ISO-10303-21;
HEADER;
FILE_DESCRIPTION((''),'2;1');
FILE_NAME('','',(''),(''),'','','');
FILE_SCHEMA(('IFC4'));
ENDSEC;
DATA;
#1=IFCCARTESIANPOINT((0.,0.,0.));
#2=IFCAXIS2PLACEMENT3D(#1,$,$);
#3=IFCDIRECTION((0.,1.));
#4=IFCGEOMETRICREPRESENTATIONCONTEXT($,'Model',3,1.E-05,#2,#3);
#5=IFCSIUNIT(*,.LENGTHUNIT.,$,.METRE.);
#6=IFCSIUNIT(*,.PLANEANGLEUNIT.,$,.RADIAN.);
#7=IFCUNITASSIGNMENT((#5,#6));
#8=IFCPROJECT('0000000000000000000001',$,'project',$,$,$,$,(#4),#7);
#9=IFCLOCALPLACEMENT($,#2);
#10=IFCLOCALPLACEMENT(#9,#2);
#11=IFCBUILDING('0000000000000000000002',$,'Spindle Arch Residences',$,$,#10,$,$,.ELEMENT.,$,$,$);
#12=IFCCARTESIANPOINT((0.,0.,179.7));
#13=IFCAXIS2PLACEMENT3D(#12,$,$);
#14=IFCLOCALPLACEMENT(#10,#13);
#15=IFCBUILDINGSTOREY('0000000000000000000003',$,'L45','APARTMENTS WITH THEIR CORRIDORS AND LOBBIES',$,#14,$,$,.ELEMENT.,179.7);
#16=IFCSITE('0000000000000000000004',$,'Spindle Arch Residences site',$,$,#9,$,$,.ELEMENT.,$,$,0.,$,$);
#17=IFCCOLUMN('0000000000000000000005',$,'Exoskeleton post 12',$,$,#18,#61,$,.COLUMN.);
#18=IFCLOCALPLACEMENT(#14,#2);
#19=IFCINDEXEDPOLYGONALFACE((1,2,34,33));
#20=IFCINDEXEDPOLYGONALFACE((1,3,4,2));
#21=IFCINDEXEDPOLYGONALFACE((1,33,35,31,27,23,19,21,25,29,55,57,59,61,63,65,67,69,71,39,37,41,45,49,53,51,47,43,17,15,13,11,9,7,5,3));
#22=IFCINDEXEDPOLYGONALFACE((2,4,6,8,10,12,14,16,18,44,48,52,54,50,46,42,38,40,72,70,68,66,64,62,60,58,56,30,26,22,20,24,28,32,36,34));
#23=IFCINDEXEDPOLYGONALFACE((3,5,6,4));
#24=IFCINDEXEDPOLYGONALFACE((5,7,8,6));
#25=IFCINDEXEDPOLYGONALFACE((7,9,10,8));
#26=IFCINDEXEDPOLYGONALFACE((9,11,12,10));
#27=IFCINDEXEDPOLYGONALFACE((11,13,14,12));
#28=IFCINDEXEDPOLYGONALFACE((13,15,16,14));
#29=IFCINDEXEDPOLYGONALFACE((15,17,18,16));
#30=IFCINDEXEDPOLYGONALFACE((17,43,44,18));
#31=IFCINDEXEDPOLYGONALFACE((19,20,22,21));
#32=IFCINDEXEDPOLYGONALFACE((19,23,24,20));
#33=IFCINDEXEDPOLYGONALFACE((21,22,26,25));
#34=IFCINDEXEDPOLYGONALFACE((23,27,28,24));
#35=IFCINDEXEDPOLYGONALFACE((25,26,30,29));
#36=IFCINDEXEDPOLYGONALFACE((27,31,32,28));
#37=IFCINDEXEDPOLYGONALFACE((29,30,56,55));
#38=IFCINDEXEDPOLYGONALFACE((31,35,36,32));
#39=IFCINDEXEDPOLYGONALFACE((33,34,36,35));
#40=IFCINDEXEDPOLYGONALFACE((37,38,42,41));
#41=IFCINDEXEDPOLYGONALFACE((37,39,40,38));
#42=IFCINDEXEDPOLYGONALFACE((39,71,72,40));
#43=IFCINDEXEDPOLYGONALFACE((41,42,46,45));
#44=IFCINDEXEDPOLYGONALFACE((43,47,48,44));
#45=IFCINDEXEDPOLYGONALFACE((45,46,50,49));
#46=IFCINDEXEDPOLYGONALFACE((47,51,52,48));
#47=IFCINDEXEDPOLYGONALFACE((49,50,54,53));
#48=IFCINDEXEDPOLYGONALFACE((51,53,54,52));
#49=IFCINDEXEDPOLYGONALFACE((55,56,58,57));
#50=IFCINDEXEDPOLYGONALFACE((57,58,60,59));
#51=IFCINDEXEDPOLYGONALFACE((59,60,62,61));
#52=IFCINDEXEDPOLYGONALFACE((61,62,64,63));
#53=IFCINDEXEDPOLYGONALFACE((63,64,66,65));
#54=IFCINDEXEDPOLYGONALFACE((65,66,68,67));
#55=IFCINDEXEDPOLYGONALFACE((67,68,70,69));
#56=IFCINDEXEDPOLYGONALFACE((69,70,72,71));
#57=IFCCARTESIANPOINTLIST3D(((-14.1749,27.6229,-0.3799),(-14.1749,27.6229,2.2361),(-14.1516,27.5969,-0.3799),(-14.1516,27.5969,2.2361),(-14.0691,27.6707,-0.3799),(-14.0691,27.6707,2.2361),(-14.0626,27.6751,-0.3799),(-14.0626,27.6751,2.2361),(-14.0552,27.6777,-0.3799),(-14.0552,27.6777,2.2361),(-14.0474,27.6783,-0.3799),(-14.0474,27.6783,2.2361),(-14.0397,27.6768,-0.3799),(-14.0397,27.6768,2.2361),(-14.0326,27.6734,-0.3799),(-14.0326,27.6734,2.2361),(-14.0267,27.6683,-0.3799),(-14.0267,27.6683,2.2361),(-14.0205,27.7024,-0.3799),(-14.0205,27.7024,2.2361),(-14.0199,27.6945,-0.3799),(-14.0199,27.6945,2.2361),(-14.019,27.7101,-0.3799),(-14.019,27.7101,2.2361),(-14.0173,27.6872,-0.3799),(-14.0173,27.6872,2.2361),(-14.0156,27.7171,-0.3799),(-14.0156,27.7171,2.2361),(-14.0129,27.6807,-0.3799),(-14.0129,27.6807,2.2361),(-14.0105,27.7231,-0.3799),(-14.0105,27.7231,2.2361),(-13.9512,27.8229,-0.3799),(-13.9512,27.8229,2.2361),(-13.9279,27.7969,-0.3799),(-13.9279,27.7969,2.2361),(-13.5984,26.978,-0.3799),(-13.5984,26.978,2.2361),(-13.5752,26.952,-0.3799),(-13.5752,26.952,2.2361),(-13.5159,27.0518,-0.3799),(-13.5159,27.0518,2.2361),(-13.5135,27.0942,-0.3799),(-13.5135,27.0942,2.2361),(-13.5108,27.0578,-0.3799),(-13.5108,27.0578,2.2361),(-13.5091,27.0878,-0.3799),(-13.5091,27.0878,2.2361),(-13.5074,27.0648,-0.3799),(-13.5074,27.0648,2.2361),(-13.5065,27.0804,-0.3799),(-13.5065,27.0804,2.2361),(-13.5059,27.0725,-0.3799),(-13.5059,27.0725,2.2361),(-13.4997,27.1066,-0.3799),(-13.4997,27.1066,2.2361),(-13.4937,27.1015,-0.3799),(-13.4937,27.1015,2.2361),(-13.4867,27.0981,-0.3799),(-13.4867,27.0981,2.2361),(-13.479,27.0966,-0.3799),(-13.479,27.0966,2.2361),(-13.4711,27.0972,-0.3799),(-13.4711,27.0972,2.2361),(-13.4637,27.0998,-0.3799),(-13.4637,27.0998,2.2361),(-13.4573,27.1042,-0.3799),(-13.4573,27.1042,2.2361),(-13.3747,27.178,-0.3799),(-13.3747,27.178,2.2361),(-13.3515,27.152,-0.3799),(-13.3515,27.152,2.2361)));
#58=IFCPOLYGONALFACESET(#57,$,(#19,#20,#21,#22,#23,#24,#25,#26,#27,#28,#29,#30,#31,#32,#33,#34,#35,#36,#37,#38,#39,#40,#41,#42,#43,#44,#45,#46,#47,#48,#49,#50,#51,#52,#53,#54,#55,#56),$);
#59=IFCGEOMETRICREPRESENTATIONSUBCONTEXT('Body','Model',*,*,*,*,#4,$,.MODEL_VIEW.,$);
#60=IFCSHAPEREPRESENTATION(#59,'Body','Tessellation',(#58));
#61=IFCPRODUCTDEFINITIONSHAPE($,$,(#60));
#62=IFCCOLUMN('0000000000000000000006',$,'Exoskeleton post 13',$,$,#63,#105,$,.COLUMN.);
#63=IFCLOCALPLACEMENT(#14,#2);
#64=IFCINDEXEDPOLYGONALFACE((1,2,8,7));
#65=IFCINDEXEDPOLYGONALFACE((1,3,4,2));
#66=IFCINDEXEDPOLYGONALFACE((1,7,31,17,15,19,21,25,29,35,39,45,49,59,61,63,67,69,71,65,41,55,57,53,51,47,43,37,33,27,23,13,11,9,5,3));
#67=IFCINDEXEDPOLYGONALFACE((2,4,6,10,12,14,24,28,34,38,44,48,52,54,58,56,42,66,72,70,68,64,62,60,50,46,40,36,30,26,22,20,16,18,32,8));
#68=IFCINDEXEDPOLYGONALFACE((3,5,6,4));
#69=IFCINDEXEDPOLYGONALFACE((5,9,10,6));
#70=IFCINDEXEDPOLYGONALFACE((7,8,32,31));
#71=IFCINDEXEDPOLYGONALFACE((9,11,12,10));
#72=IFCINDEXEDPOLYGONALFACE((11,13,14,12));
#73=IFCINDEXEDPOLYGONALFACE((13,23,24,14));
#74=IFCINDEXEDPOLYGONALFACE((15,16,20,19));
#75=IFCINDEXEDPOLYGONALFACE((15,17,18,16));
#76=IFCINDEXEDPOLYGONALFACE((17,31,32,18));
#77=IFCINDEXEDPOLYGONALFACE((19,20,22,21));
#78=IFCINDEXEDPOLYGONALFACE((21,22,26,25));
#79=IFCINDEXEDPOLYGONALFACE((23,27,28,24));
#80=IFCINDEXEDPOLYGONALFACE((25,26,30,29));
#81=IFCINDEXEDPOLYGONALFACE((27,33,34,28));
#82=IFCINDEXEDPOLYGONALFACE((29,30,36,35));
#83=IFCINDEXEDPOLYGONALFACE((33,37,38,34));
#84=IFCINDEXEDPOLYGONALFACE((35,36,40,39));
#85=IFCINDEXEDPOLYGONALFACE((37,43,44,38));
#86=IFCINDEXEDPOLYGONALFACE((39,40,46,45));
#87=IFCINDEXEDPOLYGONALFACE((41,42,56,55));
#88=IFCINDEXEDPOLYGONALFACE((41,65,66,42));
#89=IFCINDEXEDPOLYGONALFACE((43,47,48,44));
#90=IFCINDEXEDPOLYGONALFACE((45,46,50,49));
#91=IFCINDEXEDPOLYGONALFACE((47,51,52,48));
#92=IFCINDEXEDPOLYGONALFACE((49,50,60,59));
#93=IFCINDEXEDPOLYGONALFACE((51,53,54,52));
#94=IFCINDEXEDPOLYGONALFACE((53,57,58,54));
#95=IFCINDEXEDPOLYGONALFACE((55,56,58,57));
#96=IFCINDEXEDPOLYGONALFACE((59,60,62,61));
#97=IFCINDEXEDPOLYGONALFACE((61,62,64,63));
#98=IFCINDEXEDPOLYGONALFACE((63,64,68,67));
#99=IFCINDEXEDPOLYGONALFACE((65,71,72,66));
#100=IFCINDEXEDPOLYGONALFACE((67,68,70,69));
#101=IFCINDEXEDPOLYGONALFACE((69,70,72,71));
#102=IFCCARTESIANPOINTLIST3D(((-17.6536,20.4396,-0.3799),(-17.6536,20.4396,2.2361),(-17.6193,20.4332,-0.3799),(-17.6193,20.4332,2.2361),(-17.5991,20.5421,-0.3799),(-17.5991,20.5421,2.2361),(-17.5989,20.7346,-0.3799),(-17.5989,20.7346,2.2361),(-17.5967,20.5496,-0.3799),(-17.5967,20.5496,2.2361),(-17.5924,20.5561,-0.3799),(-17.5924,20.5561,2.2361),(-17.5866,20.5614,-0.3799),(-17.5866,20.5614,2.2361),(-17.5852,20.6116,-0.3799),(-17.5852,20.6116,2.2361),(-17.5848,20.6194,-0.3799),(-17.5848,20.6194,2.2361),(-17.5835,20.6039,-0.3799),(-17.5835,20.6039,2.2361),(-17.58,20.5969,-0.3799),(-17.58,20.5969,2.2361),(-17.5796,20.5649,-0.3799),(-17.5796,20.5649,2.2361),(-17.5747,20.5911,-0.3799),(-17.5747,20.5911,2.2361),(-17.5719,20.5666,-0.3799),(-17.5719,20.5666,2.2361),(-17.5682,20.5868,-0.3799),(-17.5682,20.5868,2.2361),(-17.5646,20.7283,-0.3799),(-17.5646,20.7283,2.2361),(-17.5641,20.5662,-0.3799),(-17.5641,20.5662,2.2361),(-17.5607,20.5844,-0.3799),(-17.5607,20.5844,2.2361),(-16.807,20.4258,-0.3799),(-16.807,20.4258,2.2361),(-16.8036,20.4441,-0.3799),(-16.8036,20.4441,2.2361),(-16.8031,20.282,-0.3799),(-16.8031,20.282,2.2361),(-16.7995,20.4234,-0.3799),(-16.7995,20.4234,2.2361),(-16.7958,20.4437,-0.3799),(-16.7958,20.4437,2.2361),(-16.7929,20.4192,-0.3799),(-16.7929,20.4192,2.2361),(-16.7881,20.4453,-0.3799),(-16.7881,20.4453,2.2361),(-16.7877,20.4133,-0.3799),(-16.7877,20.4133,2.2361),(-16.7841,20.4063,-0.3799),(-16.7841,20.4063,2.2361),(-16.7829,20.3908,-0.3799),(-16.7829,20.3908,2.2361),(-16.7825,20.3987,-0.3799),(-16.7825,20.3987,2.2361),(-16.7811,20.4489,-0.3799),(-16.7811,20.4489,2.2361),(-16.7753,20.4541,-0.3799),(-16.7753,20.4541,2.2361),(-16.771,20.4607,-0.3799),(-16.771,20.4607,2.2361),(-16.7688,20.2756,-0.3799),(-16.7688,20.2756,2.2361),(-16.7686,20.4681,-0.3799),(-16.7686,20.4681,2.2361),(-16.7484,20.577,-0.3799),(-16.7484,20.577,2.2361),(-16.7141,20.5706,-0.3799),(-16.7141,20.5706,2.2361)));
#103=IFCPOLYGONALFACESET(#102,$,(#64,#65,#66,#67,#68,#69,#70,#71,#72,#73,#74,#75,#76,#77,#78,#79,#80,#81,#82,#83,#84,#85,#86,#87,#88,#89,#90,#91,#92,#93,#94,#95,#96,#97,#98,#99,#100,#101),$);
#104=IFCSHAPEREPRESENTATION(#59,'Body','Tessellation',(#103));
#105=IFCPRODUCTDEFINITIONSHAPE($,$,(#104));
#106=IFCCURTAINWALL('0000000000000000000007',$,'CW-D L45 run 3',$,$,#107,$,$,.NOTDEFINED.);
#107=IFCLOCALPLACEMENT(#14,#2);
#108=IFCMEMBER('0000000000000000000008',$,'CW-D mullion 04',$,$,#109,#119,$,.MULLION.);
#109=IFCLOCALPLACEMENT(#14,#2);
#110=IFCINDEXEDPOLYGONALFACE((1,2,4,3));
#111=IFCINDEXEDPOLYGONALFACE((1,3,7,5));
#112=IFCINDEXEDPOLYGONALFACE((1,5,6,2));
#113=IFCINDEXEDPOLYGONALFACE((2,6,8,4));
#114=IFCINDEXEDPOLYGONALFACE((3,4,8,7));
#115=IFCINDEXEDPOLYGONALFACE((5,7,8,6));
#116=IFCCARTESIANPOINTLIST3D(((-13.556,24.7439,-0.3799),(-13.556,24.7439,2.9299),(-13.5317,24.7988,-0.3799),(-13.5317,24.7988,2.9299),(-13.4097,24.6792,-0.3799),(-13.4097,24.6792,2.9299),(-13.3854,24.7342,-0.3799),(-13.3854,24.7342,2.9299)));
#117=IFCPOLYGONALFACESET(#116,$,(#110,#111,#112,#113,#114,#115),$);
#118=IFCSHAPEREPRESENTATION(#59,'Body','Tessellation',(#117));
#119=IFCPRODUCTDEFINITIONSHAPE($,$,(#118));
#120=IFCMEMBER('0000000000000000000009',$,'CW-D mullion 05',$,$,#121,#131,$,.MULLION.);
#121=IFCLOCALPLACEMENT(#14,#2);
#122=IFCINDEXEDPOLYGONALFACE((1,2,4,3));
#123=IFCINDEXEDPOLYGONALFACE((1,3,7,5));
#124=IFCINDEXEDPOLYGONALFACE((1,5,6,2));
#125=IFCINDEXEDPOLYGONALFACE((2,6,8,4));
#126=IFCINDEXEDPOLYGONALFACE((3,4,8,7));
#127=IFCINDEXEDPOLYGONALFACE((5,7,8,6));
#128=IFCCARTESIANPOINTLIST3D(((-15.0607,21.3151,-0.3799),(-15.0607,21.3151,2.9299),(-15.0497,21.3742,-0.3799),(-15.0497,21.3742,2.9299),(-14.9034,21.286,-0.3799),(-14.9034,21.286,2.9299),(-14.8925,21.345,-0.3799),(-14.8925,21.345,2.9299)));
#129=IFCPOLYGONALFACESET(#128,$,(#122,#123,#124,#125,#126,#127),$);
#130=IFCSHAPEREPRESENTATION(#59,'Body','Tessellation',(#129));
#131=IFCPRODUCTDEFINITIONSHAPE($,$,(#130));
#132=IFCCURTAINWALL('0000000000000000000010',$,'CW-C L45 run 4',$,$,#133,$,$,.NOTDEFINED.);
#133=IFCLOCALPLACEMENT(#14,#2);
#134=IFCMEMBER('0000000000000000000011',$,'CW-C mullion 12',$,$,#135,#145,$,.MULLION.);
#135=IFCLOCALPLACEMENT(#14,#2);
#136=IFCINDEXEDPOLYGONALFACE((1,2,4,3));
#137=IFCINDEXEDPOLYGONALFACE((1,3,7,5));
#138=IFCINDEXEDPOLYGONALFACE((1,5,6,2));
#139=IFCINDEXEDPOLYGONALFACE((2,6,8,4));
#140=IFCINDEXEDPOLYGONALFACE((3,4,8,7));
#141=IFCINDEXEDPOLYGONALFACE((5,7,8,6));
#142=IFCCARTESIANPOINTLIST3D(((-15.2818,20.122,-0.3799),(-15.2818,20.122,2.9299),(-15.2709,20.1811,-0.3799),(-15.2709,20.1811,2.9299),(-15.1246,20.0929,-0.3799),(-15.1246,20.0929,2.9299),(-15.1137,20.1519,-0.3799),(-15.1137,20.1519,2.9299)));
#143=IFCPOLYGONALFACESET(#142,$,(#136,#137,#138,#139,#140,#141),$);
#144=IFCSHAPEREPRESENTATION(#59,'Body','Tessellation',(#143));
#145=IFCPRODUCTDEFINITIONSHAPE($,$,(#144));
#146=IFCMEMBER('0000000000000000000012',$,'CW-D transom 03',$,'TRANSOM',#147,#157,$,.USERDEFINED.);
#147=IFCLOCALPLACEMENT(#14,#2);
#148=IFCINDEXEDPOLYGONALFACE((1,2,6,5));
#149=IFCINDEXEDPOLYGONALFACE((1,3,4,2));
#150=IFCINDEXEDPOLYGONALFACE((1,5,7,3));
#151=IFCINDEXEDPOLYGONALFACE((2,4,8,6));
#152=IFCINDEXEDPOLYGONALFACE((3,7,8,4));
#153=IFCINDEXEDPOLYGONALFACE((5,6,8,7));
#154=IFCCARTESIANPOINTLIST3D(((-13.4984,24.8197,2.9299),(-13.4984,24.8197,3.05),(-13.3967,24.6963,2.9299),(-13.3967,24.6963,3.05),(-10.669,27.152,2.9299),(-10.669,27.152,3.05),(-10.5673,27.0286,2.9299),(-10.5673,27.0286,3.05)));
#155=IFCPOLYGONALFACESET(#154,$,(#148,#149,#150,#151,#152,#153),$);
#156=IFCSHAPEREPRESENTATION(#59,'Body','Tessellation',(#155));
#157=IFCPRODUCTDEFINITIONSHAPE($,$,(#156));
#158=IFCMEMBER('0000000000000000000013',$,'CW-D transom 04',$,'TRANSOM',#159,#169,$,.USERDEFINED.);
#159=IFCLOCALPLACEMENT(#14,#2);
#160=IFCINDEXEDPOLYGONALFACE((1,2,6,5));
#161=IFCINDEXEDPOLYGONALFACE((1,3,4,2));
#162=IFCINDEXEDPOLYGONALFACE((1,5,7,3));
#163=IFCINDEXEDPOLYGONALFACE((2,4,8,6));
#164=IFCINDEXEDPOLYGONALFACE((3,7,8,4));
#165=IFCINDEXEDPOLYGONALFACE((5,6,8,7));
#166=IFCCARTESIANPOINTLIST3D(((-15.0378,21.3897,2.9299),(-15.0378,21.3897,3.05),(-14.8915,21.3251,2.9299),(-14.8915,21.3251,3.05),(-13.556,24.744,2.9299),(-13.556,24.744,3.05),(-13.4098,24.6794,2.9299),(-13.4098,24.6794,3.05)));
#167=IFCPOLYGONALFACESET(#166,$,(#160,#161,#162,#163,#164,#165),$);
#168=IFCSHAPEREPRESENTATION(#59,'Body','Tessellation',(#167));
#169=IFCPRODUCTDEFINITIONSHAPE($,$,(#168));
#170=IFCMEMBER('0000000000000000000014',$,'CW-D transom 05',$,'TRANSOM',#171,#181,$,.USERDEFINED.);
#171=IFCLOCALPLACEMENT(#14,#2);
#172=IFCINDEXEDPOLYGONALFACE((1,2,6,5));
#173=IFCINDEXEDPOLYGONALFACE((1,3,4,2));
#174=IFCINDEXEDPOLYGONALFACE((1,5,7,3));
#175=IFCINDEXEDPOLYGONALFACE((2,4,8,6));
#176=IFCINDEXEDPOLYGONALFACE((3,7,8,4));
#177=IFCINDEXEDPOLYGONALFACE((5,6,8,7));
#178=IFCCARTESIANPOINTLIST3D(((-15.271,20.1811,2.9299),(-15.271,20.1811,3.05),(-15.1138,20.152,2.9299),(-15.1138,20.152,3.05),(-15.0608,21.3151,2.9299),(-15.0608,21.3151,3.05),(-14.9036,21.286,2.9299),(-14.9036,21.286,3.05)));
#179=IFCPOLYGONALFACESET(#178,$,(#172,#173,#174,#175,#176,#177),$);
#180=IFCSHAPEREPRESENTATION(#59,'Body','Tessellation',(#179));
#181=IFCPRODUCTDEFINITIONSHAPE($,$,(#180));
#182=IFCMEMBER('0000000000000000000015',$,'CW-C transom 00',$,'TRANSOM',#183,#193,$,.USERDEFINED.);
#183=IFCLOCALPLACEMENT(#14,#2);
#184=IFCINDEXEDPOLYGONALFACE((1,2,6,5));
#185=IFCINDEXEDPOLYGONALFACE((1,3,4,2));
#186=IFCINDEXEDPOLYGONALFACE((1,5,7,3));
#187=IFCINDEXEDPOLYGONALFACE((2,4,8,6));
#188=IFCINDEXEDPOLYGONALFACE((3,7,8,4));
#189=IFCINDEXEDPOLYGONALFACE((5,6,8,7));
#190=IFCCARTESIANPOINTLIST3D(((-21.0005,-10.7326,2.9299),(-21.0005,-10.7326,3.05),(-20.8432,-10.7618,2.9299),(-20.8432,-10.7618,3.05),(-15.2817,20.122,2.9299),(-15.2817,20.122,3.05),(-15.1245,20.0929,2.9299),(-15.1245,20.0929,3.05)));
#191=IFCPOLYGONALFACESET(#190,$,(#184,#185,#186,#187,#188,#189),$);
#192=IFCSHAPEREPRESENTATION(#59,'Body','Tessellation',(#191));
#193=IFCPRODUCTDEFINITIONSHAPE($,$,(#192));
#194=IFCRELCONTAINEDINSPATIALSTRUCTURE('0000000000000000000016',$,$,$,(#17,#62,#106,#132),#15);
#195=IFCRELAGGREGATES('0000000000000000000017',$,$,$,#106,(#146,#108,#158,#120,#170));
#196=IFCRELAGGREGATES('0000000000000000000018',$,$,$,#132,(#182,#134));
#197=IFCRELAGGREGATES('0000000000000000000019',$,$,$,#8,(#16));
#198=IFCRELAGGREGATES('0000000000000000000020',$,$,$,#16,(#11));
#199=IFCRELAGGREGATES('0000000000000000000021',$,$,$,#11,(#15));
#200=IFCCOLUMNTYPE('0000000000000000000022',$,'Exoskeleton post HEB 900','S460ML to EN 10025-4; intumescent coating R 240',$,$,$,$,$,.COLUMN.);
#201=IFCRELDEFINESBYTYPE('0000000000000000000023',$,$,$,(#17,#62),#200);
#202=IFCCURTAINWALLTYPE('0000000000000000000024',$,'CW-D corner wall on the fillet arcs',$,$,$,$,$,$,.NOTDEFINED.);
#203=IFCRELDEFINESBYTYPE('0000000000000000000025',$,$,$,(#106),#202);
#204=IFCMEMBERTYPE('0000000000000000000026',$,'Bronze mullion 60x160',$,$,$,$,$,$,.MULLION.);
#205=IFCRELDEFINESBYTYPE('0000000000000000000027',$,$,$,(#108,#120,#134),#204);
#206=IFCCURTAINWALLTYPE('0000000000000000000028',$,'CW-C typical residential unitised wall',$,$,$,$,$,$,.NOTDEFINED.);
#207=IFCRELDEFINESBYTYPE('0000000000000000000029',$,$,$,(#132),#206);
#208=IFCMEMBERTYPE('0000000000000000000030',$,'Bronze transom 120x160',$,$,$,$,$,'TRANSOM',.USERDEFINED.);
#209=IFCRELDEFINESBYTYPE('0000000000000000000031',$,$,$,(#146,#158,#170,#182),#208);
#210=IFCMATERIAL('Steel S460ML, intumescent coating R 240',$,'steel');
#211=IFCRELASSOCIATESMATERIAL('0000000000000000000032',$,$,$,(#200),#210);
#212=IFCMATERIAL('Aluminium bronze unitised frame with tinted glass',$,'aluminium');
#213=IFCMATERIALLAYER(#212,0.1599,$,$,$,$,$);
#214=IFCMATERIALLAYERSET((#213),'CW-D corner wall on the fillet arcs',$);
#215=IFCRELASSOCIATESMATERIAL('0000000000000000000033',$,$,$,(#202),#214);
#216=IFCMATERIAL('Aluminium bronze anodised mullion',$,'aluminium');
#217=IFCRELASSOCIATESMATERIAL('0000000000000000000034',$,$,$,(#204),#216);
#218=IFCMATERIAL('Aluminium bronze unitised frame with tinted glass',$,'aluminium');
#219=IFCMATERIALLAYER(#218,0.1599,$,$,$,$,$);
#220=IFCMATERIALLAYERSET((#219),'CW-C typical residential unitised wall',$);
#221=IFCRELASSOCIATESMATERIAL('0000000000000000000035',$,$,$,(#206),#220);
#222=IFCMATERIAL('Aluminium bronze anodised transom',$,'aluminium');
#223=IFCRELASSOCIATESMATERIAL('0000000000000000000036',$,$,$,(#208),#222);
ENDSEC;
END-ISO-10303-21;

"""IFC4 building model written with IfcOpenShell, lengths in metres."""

from ifc_helpers import new_model, si_unit, direction, frame, origin, origin_2d, place, context, subcontext, project, spatial, rectangle, i_section, extrude, material, layer, layer_set, material_profile, profile_set, type_object, element, aggregate, save


model = new_model("IFC4")

# Units and contexts
model_context = context("Model", 3, precision=1e-05, world=origin(), true_north=direction((0.0, 1.0)))
body_context = subcontext(model_context, "Body", "Model", "MODEL_VIEW")
ifc_project = project(units=[si_unit("LENGTHUNIT", "METRE"), si_unit("PLANEANGLEUNIT", "RADIAN")], contexts=[model_context])

# Site, building, storey
site_placement = place(None, origin())
site = spatial("IfcSite", under=ifc_project, at=site_placement, Name="Spindle Arch Residences site", CompositionType="ELEMENT", RefElevation=0.0)
building_placement = place(site_placement, origin())
building = spatial("IfcBuilding", under=site, at=building_placement, Name="Spindle Arch Residences", CompositionType="ELEMENT")
storey_placement = place(building_placement, frame((0.0, 0.0, 179.7)))
storey = spatial("IfcBuildingStorey", under=building, at=storey_placement, Name="L45", Description="APARTMENTS WITH THEIR CORRIDORS AND LOBBIES", CompositionType="ELEMENT", Elevation=179.7)

# Columns
ifc_material_1 = material(Name="Steel S460ML, intumescent coating R 240", Category="steel")
ifc_material_profile_1 = material_profile(ifc_material_1, i_section(OverallWidth=0.3, OverallDepth=0.8999, WebThickness=0.0186, FlangeThickness=0.0349, FilletRadius=0.03, at=origin_2d()), Name="HEB 900")
ifc_profile_set_1 = profile_set([ifc_material_profile_1], Name="Steel S460ML, intumescent coating R 240")
column_type = type_object("IfcColumnType", Name="Exoskeleton post HEB 900", Description="S460ML to EN 10025-4; intumescent coating R 240", PredefinedType="COLUMN", material=ifc_profile_set_1)
for number, where, z_axis, x_axis, name in (
    (1, (-13.7632, 27.3875, -0.3799), (0.0, 0.0, 1.0), (0.74554, 0.666461, 0.0), "Exoskeleton post 12"),
    (2, (-17.1838, 20.5051, -0.3799), (0.0, 0.0, 1.0), (0.182236, 0.983255, 0.0), "Exoskeleton post 13"),
):
    element("IfcColumn", number, at=place(storey_placement, frame(where, z_axis=z_axis, x_axis=x_axis)), inside=storey, type_object=column_type, Name=name, PredefinedType="COLUMN", context=body_context, shape_type="SweptSolid", body=[
        extrude(i_section(OverallWidth=0.3, OverallDepth=0.8999, WebThickness=0.0186, FlangeThickness=0.0349, FilletRadius=0.03, at=origin_2d()), origin(), (0.0, 0.0, 1.0), 2.616),
    ])

# Curtain wall, members
ifc_material_2 = material(Name="Aluminium bronze unitised frame with tinted glass", Category="aluminium")
ifc_layer_1 = layer(ifc_material_2, 0.1599)
ifc_layer_set_1 = layer_set([ifc_layer_1], Name="CW-D corner wall on the fillet arcs")
curtain_wall_type_1 = type_object("IfcCurtainWallType", Name="CW-D corner wall on the fillet arcs", PredefinedType="NOTDEFINED", material=ifc_layer_set_1)
curtain_wall_1_placement = place(storey_placement, origin())
curtain_wall_1 = element("IfcCurtainWall", 3, at=curtain_wall_1_placement, inside=storey, type_object=curtain_wall_type_1, Name="CW-D L45 run 3", PredefinedType="NOTDEFINED")
ifc_material_3 = material(Name="Aluminium bronze anodised mullion", Category="aluminium")
ifc_material_profile_2 = material_profile(ifc_material_3, rectangle(XDim=0.1599, YDim=0.0601, at=origin_2d()), Name="MU 60x160")
ifc_profile_set_2 = profile_set([ifc_material_profile_2], Name="Aluminium bronze anodised mullion")
member_type_1 = type_object("IfcMemberType", Name="Bronze mullion 60x160", PredefinedType="MULLION", material=ifc_profile_set_2)
member_1_placement = place(storey_placement, frame((-13.4707, 24.739, -0.3799), z_axis=(0.0, 0.0, 1.0), x_axis=(0.914725, -0.404078, 0.0)))
member_1 = element("IfcMember", 4, at=member_1_placement, type_object=member_type_1, Name="CW-D mullion 04", PredefinedType="MULLION", context=body_context, shape_type="SweptSolid", body=[
    extrude(rectangle(XDim=0.1599, YDim=0.0601, at=origin_2d()), origin(), (0.0, 0.0, 1.0), 3.3098),
])
member_2_placement = place(storey_placement, frame((-14.9766, 21.3301, -0.3799), z_axis=(0.0, 0.0, 1.0), x_axis=(0.983255, -0.182236, 0.0)))
member_2 = element("IfcMember", 5, at=member_2_placement, type_object=member_type_1, Name="CW-D mullion 05", PredefinedType="MULLION", context=body_context, shape_type="SweptSolid", body=[
    extrude(rectangle(XDim=0.1599, YDim=0.0601, at=origin_2d()), origin(), (0.0, 0.0, 1.0), 3.3098),
])

# Curtain wall, member
ifc_material_4 = material(Name="Aluminium bronze unitised frame with tinted glass", Category="aluminium")
ifc_layer_2 = layer(ifc_material_4, 0.1599)
ifc_layer_set_2 = layer_set([ifc_layer_2], Name="CW-C typical residential unitised wall")
curtain_wall_type_2 = type_object("IfcCurtainWallType", Name="CW-C typical residential unitised wall", PredefinedType="NOTDEFINED", material=ifc_layer_set_2)
curtain_wall_2_placement = place(storey_placement, origin())
curtain_wall_2 = element("IfcCurtainWall", 6, at=curtain_wall_2_placement, inside=storey, type_object=curtain_wall_type_2, Name="CW-C L45 run 4", PredefinedType="NOTDEFINED")
member_3_placement = place(storey_placement, frame((-15.1978, 20.137, -0.3799), z_axis=(0.0, 0.0, 1.0), x_axis=(0.983255, -0.182236, 0.0)))
member_3 = element("IfcMember", 7, at=member_3_placement, type_object=member_type_1, Name="CW-C mullion 12", PredefinedType="MULLION", context=body_context, shape_type="SweptSolid", body=[
    extrude(rectangle(XDim=0.1599, YDim=0.0601, at=origin_2d()), origin(), (0.0, 0.0, 1.0), 3.3098),
])

# Members
ifc_material_5 = material(Name="Aluminium bronze anodised transom", Category="aluminium")
ifc_material_profile_3 = material_profile(ifc_material_5, rectangle(XDim=0.1599, YDim=0.1201, at=origin_2d()), Name="TR 120x160")
ifc_profile_set_3 = profile_set([ifc_material_profile_3], Name="Aluminium bronze anodised transom")
member_type_2 = type_object("IfcMemberType", Name="Bronze transom 120x160", ElementType="TRANSOM", PredefinedType="USERDEFINED", material=ifc_profile_set_3)
member_4_placement = place(storey_placement, frame((-10.6182, 27.0903, 2.99), z_axis=(-0.771632, -0.636069, 0.0), x_axis=(0.636069, -0.771632, 0.0)))
member_4 = element("IfcMember", 8, at=member_4_placement, type_object=member_type_2, Name="CW-D transom 03", ObjectType="TRANSOM", PredefinedType="USERDEFINED", context=body_context, shape_type="SweptSolid", body=[
    extrude(rectangle(XDim=0.1599, YDim=0.1201, at=origin_2d()), origin(), (0.0, 0.0, 1.0), 3.6667),
])
member_5_placement = place(storey_placement, frame((-13.4829, 24.7117, 2.99), z_axis=(-0.404068, -0.914729, 0.0), x_axis=(0.914729, -0.404068, 0.0)))
member_5 = element("IfcMember", 9, at=member_5_placement, type_object=member_type_2, Name="CW-D transom 04", ObjectType="TRANSOM", PredefinedType="USERDEFINED", context=body_context, shape_type="SweptSolid", body=[
    extrude(rectangle(XDim=0.1599, YDim=0.1201, at=origin_2d()), origin(), (0.0, 0.0, 1.0), 3.667),
])
member_6_placement = place(storey_placement, frame((-14.9822, 21.3005, 2.99), z_axis=(-0.182256, -0.983251, 0.0), x_axis=(0.983251, -0.182256, 0.0)))
member_6 = element("IfcMember", 10, at=member_6_placement, type_object=member_type_2, Name="CW-D transom 05", ObjectType="TRANSOM", PredefinedType="USERDEFINED", context=body_context, shape_type="SweptSolid", body=[
    extrude(rectangle(XDim=0.1599, YDim=0.1201, at=origin_2d()), origin(), (0.0, 0.0, 1.0), 1.1533),
])
member_7_placement = place(storey_placement, frame((-15.2031, 20.1074, 2.99), z_axis=(-0.182241, -0.983254, 0.0), x_axis=(0.983254, -0.182241, 0.0)))
member_7 = element("IfcMember", 11, at=member_7_placement, type_object=member_type_2, Name="CW-C transom 00", ObjectType="TRANSOM", PredefinedType="USERDEFINED", context=body_context, shape_type="SweptSolid", body=[
    extrude(rectangle(XDim=0.1599, YDim=0.1201, at=origin_2d()), origin(), (0.0, 0.0, 1.0), 31.3801),
])

aggregate(curtain_wall_1, [member_4, member_1, member_5, member_2, member_6])
aggregate(curtain_wall_2, [member_7, member_3])

save(model, "model.ifc")
